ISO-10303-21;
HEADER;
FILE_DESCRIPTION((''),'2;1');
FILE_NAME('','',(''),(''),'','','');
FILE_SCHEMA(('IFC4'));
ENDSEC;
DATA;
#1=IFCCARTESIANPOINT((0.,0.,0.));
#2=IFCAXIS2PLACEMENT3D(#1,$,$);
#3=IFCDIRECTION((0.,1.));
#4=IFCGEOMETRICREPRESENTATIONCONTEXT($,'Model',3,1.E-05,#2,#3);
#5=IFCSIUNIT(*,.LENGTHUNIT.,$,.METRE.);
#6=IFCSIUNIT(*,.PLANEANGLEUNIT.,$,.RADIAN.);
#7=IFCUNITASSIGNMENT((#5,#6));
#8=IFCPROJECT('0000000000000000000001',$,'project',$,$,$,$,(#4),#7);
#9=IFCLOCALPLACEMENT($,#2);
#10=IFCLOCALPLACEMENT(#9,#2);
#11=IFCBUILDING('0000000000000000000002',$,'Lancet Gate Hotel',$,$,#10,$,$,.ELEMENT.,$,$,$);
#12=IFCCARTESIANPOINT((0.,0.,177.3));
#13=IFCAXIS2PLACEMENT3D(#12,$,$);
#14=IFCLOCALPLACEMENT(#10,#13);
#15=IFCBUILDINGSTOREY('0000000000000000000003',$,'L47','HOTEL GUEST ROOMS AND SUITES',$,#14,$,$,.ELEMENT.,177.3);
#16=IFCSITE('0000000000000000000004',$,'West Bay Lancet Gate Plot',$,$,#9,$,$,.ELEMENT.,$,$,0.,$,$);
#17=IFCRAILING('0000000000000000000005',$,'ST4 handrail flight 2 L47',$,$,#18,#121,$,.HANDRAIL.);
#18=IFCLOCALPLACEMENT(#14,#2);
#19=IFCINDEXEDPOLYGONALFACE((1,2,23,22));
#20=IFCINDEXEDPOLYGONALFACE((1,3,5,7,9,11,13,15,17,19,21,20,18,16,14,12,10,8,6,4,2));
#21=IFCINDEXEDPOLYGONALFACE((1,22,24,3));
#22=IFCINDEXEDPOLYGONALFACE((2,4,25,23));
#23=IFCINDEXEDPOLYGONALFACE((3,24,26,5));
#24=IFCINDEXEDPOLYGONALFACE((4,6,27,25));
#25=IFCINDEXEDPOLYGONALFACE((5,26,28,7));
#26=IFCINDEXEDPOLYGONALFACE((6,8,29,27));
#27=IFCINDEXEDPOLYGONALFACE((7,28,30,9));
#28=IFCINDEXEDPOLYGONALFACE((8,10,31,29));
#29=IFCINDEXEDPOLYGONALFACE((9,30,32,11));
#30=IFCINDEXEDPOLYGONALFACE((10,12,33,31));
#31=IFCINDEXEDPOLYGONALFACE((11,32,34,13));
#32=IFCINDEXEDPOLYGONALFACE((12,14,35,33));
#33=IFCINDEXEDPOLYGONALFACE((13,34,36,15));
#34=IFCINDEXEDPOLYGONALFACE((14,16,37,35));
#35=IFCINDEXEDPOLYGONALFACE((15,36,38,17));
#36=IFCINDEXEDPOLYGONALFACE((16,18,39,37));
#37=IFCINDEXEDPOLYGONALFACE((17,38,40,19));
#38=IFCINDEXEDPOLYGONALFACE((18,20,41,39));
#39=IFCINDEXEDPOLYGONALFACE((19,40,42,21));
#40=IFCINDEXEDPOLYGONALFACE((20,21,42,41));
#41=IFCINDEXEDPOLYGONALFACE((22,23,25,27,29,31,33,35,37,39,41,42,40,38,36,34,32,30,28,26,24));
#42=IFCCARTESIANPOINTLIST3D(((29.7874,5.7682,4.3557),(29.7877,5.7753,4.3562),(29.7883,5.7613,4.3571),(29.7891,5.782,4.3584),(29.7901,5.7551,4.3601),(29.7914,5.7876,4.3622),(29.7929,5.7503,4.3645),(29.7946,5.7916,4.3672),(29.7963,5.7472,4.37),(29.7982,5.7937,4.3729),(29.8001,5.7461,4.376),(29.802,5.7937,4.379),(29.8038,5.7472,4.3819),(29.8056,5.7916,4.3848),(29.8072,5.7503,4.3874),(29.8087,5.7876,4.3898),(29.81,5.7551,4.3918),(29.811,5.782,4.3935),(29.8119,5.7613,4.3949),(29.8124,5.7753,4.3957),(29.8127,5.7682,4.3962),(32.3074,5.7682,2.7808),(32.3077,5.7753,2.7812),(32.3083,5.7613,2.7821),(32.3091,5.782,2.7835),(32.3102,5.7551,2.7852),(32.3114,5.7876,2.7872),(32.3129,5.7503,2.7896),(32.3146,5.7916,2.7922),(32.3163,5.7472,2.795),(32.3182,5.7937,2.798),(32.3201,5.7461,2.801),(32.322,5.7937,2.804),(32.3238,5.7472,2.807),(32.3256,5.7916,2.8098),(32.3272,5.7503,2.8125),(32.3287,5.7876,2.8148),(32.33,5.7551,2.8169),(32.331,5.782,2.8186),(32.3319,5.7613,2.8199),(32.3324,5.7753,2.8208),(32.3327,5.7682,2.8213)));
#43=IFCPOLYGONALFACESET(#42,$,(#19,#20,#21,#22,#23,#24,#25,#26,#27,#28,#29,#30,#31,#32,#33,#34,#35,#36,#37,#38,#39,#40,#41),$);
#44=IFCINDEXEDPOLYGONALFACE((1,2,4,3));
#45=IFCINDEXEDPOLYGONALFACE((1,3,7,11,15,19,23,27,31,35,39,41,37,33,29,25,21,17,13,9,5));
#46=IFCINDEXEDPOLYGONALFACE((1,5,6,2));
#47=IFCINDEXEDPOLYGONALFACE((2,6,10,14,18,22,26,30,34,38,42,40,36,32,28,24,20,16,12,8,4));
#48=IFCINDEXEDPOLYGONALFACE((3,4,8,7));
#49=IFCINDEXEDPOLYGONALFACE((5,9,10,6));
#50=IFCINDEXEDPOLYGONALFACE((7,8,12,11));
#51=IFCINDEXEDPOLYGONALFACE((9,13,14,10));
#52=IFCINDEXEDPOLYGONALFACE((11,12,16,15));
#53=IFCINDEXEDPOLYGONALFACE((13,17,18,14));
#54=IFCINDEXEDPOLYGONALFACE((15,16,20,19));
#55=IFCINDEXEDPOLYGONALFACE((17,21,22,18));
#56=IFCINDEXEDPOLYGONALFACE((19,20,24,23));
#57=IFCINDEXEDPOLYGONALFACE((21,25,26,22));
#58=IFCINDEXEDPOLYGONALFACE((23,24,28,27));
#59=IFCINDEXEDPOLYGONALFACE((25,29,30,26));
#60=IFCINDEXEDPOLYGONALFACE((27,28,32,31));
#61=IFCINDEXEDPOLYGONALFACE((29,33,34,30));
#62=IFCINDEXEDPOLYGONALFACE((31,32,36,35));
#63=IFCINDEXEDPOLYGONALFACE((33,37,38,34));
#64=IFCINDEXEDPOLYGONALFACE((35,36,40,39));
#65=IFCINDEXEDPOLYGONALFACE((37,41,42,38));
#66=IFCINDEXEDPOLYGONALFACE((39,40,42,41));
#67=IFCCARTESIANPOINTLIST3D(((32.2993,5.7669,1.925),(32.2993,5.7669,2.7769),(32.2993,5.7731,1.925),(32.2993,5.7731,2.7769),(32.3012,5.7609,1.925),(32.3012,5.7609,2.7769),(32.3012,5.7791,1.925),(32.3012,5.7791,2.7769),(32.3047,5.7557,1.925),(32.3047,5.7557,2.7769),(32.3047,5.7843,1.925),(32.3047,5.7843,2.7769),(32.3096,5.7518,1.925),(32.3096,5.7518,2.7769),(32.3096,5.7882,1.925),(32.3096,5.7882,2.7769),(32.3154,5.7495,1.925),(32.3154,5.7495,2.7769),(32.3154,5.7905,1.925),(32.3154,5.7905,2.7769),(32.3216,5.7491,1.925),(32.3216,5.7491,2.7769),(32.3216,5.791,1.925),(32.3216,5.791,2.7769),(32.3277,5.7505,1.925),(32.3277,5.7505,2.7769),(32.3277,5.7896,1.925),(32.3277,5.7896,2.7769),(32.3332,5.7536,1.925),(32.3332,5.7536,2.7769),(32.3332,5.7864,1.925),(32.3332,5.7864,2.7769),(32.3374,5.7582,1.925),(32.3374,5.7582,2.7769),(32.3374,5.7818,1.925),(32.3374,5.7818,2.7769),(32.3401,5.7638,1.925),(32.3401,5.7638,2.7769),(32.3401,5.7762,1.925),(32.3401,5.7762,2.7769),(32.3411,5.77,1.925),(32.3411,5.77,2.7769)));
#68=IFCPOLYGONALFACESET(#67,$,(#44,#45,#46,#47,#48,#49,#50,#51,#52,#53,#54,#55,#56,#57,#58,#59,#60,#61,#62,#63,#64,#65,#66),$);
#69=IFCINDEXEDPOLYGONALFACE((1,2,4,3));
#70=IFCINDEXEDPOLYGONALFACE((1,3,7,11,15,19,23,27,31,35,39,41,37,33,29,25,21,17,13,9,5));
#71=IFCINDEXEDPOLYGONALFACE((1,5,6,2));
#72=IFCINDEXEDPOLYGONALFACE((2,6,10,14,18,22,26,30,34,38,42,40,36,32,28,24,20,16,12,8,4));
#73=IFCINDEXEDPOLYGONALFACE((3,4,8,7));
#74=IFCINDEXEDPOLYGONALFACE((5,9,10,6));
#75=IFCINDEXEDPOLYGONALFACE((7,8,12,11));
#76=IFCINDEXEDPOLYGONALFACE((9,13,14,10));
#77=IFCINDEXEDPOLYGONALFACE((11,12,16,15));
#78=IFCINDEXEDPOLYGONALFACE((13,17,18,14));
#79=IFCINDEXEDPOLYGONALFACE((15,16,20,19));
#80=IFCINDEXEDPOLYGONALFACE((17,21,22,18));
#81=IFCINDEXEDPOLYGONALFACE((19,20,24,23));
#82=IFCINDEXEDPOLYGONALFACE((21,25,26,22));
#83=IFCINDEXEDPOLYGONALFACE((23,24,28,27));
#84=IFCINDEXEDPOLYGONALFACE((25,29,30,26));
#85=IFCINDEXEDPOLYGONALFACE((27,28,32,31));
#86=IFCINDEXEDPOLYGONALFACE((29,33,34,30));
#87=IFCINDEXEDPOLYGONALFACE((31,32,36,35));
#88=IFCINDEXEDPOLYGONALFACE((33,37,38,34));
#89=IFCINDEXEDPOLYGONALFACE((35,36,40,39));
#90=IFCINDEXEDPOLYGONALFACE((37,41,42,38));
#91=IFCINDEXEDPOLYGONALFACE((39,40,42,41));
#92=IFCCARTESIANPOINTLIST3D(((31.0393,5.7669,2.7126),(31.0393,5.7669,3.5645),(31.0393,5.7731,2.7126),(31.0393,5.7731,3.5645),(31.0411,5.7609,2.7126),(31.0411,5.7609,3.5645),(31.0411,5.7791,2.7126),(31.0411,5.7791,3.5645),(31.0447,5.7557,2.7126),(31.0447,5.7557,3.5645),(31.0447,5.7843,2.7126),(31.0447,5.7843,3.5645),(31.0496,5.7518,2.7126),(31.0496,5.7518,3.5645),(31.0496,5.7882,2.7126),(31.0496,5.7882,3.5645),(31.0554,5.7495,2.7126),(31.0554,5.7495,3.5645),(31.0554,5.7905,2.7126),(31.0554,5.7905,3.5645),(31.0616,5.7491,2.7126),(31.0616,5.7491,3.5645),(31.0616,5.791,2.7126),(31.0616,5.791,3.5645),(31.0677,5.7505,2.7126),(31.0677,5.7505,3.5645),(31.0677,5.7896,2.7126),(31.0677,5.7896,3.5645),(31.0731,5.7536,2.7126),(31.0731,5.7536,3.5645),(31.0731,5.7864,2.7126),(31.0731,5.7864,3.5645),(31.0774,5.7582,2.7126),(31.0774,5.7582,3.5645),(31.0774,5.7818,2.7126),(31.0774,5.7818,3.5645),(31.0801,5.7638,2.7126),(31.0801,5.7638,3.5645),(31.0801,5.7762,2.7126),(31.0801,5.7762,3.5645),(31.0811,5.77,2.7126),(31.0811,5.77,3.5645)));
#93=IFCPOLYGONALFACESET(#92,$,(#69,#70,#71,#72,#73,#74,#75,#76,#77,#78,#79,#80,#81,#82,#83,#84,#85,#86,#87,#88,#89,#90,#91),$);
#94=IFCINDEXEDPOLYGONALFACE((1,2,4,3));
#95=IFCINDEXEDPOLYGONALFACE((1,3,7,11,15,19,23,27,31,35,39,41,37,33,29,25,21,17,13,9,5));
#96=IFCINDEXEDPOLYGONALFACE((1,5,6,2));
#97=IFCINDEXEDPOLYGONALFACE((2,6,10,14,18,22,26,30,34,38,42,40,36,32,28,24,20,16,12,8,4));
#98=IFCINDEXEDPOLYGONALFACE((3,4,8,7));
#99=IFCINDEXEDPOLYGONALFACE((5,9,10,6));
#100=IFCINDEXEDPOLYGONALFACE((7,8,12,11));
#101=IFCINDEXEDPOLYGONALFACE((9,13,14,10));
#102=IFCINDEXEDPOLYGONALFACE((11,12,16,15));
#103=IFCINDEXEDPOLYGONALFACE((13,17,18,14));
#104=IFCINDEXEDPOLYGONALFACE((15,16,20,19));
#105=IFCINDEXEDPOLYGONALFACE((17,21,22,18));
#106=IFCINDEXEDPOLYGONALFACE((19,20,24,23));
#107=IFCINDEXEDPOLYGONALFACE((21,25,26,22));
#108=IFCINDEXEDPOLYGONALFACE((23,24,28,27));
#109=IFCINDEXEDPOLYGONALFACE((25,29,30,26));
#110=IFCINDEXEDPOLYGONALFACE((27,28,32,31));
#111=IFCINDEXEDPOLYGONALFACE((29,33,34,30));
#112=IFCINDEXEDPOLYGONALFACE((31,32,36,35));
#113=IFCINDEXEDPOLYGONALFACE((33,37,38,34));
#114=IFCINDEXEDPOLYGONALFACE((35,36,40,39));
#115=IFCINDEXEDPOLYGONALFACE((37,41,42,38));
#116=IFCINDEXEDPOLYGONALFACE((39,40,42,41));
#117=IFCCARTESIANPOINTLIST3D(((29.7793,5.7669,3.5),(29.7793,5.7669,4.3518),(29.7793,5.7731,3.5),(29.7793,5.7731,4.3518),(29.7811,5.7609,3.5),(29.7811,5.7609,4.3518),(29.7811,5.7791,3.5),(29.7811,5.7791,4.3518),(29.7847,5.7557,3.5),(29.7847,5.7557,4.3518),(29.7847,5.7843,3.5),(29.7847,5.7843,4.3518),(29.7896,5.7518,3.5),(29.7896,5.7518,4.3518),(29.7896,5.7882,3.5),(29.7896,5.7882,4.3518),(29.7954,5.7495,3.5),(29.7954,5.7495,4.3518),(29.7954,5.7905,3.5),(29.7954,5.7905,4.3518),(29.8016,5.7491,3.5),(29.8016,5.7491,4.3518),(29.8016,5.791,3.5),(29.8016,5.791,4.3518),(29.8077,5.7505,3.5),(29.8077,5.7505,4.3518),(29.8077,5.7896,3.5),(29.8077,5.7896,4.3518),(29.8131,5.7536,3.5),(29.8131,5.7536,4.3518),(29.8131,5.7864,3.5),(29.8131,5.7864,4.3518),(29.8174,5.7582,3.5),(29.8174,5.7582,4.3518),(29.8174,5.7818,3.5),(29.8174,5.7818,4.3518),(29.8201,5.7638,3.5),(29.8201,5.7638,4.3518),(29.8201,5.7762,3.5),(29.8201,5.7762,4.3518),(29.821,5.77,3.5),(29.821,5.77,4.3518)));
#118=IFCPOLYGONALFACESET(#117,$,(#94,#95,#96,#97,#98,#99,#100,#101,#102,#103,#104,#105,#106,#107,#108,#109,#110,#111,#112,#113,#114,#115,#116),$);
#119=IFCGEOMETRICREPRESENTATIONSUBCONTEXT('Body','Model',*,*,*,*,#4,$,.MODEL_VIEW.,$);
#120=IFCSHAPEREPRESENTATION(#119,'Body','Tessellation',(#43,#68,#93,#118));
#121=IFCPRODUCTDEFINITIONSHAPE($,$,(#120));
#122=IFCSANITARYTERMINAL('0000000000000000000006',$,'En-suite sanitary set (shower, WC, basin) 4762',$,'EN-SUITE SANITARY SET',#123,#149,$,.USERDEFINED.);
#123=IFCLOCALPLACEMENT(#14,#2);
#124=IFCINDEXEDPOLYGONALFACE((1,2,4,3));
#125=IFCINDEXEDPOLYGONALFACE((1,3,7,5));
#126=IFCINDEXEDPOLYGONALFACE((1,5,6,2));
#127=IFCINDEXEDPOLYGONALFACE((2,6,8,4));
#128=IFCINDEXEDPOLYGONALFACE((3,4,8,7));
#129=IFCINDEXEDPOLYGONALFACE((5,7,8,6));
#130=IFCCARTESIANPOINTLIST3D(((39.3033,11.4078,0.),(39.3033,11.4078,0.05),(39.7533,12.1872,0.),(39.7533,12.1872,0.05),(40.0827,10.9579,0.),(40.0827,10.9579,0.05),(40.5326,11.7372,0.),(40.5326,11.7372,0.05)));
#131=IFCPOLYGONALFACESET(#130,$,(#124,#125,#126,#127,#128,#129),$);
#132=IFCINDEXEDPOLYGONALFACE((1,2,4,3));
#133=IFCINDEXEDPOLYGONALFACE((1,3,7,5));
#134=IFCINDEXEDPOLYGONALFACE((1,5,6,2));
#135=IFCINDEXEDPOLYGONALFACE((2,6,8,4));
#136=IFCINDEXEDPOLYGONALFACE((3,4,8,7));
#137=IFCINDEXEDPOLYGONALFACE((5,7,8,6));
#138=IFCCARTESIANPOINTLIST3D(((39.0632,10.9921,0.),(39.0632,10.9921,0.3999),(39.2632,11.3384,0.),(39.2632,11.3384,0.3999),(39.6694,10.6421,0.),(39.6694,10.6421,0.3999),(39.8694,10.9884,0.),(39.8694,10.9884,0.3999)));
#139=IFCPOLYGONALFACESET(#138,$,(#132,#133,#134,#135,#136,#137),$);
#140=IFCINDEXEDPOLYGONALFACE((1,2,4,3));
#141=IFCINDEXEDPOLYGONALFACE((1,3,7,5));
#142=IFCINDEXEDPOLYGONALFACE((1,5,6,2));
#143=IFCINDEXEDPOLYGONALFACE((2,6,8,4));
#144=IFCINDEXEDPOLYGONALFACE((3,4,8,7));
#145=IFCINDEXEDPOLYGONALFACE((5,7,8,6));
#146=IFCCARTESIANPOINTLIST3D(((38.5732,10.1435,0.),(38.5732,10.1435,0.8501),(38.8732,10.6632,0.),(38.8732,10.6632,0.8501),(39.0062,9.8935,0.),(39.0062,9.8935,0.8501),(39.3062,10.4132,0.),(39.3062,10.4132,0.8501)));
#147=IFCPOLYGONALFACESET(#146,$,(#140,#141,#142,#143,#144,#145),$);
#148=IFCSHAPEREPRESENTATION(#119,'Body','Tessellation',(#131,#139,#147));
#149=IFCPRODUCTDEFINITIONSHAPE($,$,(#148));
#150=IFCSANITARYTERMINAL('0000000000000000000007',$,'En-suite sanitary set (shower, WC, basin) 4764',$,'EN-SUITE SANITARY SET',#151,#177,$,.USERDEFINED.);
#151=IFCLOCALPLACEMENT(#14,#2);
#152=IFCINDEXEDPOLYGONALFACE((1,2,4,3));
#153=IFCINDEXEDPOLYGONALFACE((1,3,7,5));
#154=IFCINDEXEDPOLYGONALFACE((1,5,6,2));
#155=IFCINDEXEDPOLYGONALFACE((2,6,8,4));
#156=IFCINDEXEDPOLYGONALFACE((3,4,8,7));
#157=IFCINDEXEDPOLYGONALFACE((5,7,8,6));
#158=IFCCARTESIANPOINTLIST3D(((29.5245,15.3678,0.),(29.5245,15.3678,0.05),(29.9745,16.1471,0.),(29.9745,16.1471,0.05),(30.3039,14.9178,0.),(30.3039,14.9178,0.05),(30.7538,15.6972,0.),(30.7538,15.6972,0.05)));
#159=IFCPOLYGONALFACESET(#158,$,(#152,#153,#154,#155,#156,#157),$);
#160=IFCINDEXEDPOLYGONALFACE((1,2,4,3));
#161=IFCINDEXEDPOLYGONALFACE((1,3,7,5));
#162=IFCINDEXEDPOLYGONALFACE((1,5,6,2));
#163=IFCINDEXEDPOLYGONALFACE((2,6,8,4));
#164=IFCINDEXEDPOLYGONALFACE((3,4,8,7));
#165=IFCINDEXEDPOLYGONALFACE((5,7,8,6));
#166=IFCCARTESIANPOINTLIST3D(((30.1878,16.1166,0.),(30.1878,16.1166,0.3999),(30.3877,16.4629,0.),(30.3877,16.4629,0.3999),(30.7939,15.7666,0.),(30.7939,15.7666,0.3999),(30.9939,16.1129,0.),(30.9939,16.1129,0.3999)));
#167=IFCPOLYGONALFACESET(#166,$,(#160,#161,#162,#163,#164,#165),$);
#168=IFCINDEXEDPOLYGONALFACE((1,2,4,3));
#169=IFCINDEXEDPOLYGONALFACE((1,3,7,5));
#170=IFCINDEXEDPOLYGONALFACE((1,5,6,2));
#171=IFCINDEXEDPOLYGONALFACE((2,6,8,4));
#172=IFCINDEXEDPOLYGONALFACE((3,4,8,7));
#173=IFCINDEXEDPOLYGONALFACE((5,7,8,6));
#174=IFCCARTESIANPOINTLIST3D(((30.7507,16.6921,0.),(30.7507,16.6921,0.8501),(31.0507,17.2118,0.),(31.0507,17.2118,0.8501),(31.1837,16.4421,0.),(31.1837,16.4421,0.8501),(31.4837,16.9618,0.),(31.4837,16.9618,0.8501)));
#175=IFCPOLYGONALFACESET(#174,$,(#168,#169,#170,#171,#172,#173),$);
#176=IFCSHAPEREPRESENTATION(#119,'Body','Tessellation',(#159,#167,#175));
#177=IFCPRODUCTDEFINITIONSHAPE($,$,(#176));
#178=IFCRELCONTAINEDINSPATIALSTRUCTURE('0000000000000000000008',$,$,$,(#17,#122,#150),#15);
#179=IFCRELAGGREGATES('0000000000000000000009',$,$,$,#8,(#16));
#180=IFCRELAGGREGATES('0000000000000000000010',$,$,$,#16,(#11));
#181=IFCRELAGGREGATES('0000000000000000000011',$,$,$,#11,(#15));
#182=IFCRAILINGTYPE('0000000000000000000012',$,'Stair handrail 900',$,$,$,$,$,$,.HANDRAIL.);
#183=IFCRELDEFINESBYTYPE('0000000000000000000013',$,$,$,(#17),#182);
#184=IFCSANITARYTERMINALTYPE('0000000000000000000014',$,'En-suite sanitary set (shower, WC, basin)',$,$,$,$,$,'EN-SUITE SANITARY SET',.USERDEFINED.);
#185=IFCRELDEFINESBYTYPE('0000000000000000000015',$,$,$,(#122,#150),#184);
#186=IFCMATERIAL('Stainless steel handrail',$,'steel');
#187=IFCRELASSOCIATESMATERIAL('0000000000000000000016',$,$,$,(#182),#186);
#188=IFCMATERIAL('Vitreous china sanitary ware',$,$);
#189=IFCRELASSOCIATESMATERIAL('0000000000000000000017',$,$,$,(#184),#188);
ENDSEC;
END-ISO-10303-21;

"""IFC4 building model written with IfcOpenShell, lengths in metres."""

from ifc_helpers import new_model, si_unit, direction, frame, origin, origin_2d, place, context, subcontext, project, spatial, rectangle, circle, extrude, material, type_object, element, save


model = new_model("IFC4")

# Units and contexts
model_context = context("Model", 3, precision=1e-05, world=origin(), true_north=direction((0.0, 1.0)))
body_context = subcontext(model_context, "Body", "Model", "MODEL_VIEW")
ifc_project = project(units=[si_unit("LENGTHUNIT", "METRE"), si_unit("PLANEANGLEUNIT", "RADIAN")], contexts=[model_context])

# Site, building, storey
site_placement = place(None, origin())
site = spatial("IfcSite", under=ifc_project, at=site_placement, Name="West Bay Lancet Gate Plot", CompositionType="ELEMENT", RefElevation=0.0)
building_placement = place(site_placement, origin())
building = spatial("IfcBuilding", under=site, at=building_placement, Name="Lancet Gate Hotel", CompositionType="ELEMENT")
storey_placement = place(building_placement, frame((0.0, 0.0, 177.3)))
storey = spatial("IfcBuildingStorey", under=building, at=storey_placement, Name="L47", Description="HOTEL GUEST ROOMS AND SUITES", CompositionType="ELEMENT", Elevation=177.3)

# Railing
ifc_material_1 = material(Name="Stainless steel handrail", Category="steel")
railing_type = type_object("IfcRailingType", Name="Stair handrail 900", PredefinedType="HANDRAIL", material=ifc_material_1)
railing_placement = place(storey_placement, frame((32.3201, 5.77, 1.925)))
element("IfcRailing", 1, at=railing_placement, inside=storey, type_object=railing_type, Name="ST4 handrail flight 2 L47", PredefinedType="HANDRAIL", context=body_context, shape_type="SweptSolid", body=[
    extrude(circle(Radius=0.0239, at=origin_2d()), frame((0.0, 0.0, 0.876), z_axis=(-0.848008, 0.0, 0.529984), x_axis=(0.0, -1.0, 0.0)), (0.0, 0.0, 1.0), 2.9717),
    extrude(circle(Radius=0.021, at=origin_2d()), origin(), (0.0, 0.0, 1.0), 0.8518),
    extrude(circle(Radius=0.021, at=origin_2d()), frame((-1.26, 0.0, 0.7876)), (0.0, 0.0, 1.0), 0.8518),
    extrude(circle(Radius=0.021, at=origin_2d()), frame((-2.52, 0.0, 1.575)), (0.0, 0.0, 1.0), 0.8518),
])

# Sanitary terminals
ifc_material_2 = material(Name="Vitreous china sanitary ware")
sanitary_terminal_type = type_object("IfcSanitaryTerminalType", Name="En-suite sanitary set (shower, WC, basin)", ElementType="EN-SUITE SANITARY SET", PredefinedType="USERDEFINED", material=ifc_material_2)
sanitary_terminal_1_placement = place(storey_placement, frame((39.918, 11.5725, 0.0), z_axis=(0.0, 0.0, 1.0), x_axis=(1.0, 0.0, 0.0)))
element("IfcSanitaryTerminal", 2, at=sanitary_terminal_1_placement, inside=storey, type_object=sanitary_terminal_type, Name="En-suite sanitary set (shower, WC, basin) 4762", ObjectType="EN-SUITE SANITARY SET", PredefinedType="USERDEFINED", context=body_context, shape_type="SweptSolid", body=[
    extrude(rectangle(XDim=0.8999, YDim=0.8999, at=origin_2d()), frame((0.0, 0.0, 0.0), z_axis=(0.0, 0.0, 1.0), x_axis=(0.5, 0.866025, 0.0)), (0.0, 0.0, 1.0), 0.05),
    extrude(rectangle(XDim=0.3999, YDim=0.7, at=origin_2d()), frame((-0.4517, -0.5823, 0.0), z_axis=(0.0, 0.0, 1.0), x_axis=(0.5, 0.866025, 0.0)), (0.0, 0.0, 1.0), 0.3999),
    extrude(rectangle(XDim=0.6001, YDim=0.5, at=origin_2d()), frame((-0.9783, -1.2942, 0.0), z_axis=(0.0, 0.0, 1.0), x_axis=(0.5, 0.866025, 0.0)), (0.0, 0.0, 1.0), 0.8501),
])
sanitary_terminal_2_placement = place(storey_placement, frame((30.1392, 15.5325, 0.0), z_axis=(0.0, 0.0, 1.0), x_axis=(1.0, 0.0, 0.0)))
element("IfcSanitaryTerminal", 3, at=sanitary_terminal_2_placement, inside=storey, type_object=sanitary_terminal_type, Name="En-suite sanitary set (shower, WC, basin) 4764", ObjectType="EN-SUITE SANITARY SET", PredefinedType="USERDEFINED", context=body_context, shape_type="SweptSolid", body=[
    extrude(rectangle(XDim=0.8999, YDim=0.8999, at=origin_2d()), frame((0.0, 0.0, 0.0), z_axis=(0.0, 0.0, 1.0), x_axis=(-0.5, -0.866025, 0.0)), (0.0, 0.0, 1.0), 0.05),
    extrude(rectangle(XDim=0.3999, YDim=0.7, at=origin_2d()), frame((0.4517, 0.5823, 0.0), z_axis=(0.0, 0.0, 1.0), x_axis=(-0.5, -0.866025, 0.0)), (0.0, 0.0, 1.0), 0.3999),
    extrude(rectangle(XDim=0.6001, YDim=0.5, at=origin_2d()), frame((0.978, 1.2944, 0.0), z_axis=(0.0, 0.0, 1.0), x_axis=(-0.5, -0.866025, 0.0)), (0.0, 0.0, 1.0), 0.8501),
])

save(model, "model.ifc")
